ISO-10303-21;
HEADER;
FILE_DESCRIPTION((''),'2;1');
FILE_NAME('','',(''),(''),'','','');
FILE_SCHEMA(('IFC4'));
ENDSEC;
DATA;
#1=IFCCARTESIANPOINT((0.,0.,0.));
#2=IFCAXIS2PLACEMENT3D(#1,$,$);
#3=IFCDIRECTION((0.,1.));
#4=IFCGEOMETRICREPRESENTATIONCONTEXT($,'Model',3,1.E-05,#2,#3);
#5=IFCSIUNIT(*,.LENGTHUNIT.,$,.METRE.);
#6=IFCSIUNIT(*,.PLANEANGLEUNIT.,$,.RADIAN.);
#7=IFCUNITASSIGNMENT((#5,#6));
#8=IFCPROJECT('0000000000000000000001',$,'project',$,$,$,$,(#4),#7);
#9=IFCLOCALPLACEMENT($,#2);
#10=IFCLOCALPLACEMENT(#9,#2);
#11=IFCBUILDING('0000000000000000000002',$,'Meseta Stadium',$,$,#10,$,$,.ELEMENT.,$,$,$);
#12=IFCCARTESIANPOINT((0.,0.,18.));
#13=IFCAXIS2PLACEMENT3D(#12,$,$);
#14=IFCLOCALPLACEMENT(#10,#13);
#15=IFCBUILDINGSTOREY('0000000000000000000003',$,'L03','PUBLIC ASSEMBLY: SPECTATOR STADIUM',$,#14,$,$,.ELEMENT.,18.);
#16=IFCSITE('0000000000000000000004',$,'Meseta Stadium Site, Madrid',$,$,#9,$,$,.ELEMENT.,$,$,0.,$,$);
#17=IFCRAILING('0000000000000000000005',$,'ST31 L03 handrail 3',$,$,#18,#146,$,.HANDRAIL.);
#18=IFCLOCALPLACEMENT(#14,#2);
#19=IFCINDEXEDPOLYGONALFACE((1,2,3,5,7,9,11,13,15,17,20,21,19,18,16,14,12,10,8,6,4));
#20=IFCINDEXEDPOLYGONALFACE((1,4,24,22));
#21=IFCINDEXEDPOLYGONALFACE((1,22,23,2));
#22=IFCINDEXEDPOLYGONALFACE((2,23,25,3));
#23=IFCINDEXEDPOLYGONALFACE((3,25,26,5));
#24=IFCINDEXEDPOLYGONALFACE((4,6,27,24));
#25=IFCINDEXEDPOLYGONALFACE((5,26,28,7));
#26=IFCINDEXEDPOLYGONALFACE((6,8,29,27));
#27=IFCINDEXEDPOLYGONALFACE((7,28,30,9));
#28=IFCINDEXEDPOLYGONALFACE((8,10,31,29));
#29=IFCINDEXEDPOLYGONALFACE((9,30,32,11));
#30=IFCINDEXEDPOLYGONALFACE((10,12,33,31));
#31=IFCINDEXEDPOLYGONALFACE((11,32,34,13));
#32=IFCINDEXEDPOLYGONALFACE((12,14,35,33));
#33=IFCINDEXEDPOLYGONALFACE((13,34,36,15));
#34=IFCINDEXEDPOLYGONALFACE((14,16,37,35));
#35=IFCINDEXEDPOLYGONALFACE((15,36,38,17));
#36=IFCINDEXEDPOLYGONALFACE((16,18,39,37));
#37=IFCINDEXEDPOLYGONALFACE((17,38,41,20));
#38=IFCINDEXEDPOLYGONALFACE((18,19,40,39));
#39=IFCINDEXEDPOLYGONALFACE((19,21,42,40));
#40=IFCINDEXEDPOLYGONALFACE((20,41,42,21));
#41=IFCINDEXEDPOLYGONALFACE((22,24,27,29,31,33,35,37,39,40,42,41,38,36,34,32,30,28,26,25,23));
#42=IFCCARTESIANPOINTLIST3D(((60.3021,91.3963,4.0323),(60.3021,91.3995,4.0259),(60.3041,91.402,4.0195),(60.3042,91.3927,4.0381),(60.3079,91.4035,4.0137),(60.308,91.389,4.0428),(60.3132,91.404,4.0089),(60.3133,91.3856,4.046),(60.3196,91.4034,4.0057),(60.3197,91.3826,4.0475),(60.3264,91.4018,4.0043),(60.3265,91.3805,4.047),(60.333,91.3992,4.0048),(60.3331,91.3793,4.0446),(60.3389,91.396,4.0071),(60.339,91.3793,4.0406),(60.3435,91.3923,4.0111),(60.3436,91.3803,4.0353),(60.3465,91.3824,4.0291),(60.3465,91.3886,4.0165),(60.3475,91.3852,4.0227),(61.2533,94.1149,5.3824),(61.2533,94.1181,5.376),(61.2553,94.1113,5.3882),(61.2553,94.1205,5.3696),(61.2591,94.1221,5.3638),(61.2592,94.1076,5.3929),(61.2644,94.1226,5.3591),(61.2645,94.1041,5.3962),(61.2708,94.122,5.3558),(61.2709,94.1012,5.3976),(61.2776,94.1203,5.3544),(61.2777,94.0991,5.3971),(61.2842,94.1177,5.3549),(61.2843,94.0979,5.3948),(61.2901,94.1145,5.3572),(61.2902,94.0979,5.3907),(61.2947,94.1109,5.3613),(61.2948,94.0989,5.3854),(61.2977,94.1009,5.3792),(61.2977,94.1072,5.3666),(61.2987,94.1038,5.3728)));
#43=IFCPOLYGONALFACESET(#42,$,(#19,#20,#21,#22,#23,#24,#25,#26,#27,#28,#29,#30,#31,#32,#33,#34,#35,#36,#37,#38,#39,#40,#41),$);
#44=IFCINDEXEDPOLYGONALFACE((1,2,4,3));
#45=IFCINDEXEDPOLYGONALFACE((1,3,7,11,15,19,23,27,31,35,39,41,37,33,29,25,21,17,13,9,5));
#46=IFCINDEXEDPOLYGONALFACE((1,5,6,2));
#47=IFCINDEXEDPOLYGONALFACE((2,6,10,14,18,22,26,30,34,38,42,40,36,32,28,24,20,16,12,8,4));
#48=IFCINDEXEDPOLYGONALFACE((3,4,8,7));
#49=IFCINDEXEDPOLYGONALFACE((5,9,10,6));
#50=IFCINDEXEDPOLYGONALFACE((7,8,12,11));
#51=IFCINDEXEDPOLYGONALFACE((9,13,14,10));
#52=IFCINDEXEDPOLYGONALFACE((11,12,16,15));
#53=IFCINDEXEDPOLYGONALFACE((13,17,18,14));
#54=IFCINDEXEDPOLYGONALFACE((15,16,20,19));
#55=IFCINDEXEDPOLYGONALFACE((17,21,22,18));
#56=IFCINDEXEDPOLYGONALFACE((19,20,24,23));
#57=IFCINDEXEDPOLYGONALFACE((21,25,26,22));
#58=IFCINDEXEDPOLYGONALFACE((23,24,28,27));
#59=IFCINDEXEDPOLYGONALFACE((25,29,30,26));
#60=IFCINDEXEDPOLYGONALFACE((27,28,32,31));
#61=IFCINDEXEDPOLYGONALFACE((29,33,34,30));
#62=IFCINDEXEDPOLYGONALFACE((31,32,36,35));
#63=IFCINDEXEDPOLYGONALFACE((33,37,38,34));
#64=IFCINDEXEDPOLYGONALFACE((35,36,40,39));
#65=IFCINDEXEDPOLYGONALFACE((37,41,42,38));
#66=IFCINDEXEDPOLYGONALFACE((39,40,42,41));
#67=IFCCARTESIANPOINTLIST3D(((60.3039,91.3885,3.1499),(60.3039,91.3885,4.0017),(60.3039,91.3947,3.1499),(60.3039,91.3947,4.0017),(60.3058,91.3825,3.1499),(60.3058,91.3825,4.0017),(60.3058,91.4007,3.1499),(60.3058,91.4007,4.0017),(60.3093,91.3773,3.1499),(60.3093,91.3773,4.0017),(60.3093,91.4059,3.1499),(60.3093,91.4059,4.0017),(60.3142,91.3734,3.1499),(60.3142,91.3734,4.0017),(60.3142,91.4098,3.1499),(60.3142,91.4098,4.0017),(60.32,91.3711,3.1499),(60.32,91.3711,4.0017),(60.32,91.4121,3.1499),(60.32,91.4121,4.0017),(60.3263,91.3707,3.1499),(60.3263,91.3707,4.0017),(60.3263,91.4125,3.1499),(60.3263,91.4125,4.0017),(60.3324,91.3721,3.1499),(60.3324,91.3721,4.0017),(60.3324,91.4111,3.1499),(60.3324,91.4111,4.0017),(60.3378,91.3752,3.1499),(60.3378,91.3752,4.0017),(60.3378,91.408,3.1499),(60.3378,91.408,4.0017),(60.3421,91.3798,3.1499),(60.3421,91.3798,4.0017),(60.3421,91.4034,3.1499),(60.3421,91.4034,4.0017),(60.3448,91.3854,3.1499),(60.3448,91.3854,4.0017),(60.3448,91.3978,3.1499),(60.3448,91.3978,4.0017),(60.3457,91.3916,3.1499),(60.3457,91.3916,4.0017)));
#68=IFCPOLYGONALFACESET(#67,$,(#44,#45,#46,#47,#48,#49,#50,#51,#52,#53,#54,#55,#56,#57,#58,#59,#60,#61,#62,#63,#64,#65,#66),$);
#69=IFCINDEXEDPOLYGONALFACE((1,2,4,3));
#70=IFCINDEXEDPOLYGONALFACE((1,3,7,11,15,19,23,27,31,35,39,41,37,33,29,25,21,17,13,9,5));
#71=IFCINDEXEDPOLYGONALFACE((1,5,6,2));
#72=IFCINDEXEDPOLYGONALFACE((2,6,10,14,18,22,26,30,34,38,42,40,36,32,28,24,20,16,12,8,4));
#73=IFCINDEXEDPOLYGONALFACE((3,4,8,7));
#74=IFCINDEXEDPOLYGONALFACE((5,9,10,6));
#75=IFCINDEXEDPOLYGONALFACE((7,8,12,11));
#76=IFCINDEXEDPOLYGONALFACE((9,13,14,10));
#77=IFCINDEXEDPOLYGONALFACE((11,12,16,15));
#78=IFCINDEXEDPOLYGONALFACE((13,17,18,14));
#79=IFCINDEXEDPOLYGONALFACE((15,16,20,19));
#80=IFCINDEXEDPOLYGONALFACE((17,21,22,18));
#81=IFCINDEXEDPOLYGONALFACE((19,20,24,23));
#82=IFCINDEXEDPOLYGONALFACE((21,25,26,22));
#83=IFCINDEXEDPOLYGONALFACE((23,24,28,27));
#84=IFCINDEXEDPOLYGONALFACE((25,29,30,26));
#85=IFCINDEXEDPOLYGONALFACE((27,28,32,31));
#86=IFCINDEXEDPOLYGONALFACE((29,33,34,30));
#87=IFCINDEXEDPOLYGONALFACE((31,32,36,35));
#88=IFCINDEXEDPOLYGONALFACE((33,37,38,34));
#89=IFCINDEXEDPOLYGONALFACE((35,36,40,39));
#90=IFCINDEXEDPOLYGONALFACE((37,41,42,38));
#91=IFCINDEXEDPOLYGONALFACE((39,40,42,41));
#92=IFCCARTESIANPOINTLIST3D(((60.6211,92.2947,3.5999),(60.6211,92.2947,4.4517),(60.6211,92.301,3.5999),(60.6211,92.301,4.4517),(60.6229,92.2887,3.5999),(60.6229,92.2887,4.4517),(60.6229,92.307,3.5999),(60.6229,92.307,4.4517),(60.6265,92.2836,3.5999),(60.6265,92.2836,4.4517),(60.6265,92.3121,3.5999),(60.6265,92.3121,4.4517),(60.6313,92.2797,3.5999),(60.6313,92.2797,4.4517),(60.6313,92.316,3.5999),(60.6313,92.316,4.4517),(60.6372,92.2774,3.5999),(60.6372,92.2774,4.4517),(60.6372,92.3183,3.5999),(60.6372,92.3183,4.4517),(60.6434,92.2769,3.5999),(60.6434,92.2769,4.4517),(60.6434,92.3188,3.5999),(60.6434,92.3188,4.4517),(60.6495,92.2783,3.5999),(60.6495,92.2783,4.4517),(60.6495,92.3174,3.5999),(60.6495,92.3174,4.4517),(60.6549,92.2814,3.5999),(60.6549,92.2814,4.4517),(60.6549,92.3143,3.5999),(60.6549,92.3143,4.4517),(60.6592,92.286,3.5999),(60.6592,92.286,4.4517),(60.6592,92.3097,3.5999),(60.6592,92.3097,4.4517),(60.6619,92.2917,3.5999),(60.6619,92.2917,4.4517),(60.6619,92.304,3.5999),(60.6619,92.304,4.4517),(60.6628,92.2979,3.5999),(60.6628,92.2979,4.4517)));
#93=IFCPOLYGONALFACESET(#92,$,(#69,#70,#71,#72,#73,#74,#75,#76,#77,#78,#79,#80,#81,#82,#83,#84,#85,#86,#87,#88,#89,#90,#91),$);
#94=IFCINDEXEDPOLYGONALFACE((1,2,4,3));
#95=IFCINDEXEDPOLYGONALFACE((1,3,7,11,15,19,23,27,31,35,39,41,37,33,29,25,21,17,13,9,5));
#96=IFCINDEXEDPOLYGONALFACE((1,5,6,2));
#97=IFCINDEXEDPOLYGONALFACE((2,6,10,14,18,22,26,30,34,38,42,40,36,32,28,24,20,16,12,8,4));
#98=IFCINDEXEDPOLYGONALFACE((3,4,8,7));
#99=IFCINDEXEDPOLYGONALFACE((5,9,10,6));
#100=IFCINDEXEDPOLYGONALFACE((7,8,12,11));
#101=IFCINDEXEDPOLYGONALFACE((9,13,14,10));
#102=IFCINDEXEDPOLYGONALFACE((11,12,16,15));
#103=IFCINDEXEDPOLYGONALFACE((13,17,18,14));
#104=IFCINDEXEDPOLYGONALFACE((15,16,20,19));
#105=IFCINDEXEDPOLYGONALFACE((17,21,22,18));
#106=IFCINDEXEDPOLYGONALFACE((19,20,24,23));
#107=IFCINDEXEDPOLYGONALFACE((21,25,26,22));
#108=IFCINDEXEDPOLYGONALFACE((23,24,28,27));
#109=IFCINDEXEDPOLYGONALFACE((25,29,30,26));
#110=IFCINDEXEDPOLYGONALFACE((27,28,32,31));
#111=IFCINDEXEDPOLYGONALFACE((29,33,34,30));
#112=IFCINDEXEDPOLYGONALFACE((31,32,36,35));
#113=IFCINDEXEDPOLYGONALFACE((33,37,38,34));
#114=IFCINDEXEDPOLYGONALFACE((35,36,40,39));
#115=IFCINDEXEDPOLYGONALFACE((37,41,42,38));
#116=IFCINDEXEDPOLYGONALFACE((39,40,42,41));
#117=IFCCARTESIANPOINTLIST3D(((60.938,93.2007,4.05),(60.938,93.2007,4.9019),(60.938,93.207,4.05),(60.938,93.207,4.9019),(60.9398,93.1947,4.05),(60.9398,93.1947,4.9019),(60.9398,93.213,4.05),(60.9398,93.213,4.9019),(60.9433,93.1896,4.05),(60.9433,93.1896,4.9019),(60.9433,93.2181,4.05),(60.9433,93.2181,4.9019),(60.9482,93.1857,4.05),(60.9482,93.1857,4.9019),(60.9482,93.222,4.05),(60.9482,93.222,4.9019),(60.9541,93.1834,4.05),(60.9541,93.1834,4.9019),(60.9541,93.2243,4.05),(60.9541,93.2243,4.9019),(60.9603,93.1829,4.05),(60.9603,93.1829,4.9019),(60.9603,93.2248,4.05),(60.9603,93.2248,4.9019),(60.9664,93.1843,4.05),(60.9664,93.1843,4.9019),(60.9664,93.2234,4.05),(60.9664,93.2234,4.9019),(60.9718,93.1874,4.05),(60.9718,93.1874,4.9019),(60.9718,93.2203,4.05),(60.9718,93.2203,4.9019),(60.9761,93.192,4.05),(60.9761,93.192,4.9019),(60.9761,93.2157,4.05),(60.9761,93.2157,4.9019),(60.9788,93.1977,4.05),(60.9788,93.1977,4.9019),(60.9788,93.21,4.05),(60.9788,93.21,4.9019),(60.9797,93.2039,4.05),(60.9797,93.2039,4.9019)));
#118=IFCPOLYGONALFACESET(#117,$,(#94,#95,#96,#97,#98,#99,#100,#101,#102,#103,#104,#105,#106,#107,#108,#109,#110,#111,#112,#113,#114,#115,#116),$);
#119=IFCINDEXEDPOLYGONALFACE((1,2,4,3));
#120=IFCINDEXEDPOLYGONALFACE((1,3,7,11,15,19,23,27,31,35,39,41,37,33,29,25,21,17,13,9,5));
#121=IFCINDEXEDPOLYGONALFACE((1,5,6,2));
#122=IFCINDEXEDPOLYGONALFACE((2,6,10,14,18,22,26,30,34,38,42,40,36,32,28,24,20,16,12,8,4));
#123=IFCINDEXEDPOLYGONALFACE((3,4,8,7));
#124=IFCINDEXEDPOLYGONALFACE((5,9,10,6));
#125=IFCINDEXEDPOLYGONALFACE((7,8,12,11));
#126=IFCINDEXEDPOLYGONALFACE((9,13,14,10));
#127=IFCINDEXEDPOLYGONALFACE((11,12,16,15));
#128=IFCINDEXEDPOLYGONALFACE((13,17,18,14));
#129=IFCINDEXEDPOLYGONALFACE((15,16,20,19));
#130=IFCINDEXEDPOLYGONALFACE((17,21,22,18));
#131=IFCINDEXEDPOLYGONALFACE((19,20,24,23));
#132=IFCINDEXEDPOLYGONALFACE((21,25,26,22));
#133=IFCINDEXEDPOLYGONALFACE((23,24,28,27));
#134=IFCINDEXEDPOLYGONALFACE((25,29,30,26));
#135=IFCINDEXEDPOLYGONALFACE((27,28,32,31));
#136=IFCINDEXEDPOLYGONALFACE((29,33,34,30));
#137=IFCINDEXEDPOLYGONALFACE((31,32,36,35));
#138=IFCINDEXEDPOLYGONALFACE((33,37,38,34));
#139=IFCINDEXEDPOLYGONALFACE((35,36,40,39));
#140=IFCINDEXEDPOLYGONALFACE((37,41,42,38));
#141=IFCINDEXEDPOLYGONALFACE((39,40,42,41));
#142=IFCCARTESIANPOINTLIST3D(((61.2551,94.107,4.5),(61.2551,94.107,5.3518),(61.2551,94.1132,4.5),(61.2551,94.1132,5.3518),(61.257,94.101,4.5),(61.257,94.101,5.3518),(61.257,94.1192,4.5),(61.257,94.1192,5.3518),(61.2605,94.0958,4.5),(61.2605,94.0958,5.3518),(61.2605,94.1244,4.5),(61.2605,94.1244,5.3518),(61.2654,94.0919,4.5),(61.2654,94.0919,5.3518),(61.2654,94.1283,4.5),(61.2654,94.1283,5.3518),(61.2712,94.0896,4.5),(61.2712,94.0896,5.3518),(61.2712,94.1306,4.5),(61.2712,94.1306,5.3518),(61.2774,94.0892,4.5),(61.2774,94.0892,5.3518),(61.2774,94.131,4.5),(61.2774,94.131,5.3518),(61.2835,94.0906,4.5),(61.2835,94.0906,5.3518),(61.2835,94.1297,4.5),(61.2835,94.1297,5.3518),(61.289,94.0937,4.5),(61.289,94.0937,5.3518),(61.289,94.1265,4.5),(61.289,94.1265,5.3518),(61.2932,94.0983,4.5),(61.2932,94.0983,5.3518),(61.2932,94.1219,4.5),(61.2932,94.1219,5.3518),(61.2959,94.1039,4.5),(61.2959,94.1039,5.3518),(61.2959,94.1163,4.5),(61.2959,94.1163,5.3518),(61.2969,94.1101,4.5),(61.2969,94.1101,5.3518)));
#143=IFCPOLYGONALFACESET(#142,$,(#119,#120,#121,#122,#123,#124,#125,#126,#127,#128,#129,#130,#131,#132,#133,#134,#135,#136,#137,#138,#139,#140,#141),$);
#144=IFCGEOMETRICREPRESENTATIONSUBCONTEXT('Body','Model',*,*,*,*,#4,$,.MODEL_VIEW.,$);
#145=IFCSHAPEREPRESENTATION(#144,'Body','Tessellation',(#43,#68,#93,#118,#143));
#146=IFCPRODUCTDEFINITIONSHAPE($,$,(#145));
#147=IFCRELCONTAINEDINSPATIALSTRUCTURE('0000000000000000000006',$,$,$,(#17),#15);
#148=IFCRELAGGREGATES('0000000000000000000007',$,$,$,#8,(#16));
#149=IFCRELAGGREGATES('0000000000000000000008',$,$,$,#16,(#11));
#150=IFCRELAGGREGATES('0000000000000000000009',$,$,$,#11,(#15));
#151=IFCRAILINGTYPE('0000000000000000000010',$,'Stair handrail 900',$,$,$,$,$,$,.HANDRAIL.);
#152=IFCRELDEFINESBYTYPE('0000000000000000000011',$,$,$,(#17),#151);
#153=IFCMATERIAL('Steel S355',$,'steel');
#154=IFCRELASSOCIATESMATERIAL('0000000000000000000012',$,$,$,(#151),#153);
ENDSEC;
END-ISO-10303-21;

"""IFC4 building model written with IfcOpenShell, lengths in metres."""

from ifc_helpers import new_model, si_unit, direction, frame, origin, origin_2d, place, context, subcontext, project, spatial, circle, extrude, material, type_object, element, save


model = new_model("IFC4")

# Units and contexts
model_context = context("Model", 3, precision=1e-05, world=origin(), true_north=direction((0.0, 1.0)))
body_context = subcontext(model_context, "Body", "Model", "MODEL_VIEW")
ifc_project = project(units=[si_unit("LENGTHUNIT", "METRE"), si_unit("PLANEANGLEUNIT", "RADIAN")], contexts=[model_context])

# Site, building, storey
site_placement = place(None, origin())
site = spatial("IfcSite", under=ifc_project, at=site_placement, Name="Meseta Stadium Site, Madrid", CompositionType="ELEMENT", RefElevation=0.0)
building_placement = place(site_placement, origin())
building = spatial("IfcBuilding", under=site, at=building_placement, Name="Meseta Stadium", CompositionType="ELEMENT")
storey_placement = place(building_placement, frame((0.0, 0.0, 18.0)))
storey = spatial("IfcBuildingStorey", under=building, at=storey_placement, Name="L03", Description="PUBLIC ASSEMBLY: SPECTATOR STADIUM", CompositionType="ELEMENT", Elevation=18.0)

# Railing
ifc_material_1 = material(Name="Steel S355", Category="steel")
railing_type_1 = type_object("IfcRailingType", Name="Stair handrail 900", PredefinedType="HANDRAIL", material=ifc_material_1)
for number, where, name in (
    (1, (60.3247, 91.3916, 3.1499), "ST31 L03 handrail 3"),
):
    element("IfcRailing", number, at=place(storey_placement, frame(where)), inside=storey, type_object=railing_type_1, Name=name, PredefinedType="HANDRAIL", context=body_context, shape_type="SweptSolid", body=[
        extrude(circle(Radius=0.0239, at=origin_2d()), frame((0.0, 0.0, 0.876), z_axis=(0.299031, 0.854649, 0.424446), x_axis=(-0.943891, 0.330256, 0.0)), (0.0, 0.0, 1.0), 3.1809),
        extrude(circle(Radius=0.021, at=origin_2d()), origin(), (0.0, 0.0, 1.0), 0.8518),
        extrude(circle(Radius=0.021, at=origin_2d()), frame((0.3171, 0.9062, 0.45)), (0.0, 0.0, 1.0), 0.8518),
        extrude(circle(Radius=0.021, at=origin_2d()), frame((0.634, 1.8123, 0.9001)), (0.0, 0.0, 1.0), 0.8518),
        extrude(circle(Radius=0.021, at=origin_2d()), frame((0.9512, 2.7185, 1.3501)), (0.0, 0.0, 1.0), 0.8518),
    ])

save(model, "model.ifc")
